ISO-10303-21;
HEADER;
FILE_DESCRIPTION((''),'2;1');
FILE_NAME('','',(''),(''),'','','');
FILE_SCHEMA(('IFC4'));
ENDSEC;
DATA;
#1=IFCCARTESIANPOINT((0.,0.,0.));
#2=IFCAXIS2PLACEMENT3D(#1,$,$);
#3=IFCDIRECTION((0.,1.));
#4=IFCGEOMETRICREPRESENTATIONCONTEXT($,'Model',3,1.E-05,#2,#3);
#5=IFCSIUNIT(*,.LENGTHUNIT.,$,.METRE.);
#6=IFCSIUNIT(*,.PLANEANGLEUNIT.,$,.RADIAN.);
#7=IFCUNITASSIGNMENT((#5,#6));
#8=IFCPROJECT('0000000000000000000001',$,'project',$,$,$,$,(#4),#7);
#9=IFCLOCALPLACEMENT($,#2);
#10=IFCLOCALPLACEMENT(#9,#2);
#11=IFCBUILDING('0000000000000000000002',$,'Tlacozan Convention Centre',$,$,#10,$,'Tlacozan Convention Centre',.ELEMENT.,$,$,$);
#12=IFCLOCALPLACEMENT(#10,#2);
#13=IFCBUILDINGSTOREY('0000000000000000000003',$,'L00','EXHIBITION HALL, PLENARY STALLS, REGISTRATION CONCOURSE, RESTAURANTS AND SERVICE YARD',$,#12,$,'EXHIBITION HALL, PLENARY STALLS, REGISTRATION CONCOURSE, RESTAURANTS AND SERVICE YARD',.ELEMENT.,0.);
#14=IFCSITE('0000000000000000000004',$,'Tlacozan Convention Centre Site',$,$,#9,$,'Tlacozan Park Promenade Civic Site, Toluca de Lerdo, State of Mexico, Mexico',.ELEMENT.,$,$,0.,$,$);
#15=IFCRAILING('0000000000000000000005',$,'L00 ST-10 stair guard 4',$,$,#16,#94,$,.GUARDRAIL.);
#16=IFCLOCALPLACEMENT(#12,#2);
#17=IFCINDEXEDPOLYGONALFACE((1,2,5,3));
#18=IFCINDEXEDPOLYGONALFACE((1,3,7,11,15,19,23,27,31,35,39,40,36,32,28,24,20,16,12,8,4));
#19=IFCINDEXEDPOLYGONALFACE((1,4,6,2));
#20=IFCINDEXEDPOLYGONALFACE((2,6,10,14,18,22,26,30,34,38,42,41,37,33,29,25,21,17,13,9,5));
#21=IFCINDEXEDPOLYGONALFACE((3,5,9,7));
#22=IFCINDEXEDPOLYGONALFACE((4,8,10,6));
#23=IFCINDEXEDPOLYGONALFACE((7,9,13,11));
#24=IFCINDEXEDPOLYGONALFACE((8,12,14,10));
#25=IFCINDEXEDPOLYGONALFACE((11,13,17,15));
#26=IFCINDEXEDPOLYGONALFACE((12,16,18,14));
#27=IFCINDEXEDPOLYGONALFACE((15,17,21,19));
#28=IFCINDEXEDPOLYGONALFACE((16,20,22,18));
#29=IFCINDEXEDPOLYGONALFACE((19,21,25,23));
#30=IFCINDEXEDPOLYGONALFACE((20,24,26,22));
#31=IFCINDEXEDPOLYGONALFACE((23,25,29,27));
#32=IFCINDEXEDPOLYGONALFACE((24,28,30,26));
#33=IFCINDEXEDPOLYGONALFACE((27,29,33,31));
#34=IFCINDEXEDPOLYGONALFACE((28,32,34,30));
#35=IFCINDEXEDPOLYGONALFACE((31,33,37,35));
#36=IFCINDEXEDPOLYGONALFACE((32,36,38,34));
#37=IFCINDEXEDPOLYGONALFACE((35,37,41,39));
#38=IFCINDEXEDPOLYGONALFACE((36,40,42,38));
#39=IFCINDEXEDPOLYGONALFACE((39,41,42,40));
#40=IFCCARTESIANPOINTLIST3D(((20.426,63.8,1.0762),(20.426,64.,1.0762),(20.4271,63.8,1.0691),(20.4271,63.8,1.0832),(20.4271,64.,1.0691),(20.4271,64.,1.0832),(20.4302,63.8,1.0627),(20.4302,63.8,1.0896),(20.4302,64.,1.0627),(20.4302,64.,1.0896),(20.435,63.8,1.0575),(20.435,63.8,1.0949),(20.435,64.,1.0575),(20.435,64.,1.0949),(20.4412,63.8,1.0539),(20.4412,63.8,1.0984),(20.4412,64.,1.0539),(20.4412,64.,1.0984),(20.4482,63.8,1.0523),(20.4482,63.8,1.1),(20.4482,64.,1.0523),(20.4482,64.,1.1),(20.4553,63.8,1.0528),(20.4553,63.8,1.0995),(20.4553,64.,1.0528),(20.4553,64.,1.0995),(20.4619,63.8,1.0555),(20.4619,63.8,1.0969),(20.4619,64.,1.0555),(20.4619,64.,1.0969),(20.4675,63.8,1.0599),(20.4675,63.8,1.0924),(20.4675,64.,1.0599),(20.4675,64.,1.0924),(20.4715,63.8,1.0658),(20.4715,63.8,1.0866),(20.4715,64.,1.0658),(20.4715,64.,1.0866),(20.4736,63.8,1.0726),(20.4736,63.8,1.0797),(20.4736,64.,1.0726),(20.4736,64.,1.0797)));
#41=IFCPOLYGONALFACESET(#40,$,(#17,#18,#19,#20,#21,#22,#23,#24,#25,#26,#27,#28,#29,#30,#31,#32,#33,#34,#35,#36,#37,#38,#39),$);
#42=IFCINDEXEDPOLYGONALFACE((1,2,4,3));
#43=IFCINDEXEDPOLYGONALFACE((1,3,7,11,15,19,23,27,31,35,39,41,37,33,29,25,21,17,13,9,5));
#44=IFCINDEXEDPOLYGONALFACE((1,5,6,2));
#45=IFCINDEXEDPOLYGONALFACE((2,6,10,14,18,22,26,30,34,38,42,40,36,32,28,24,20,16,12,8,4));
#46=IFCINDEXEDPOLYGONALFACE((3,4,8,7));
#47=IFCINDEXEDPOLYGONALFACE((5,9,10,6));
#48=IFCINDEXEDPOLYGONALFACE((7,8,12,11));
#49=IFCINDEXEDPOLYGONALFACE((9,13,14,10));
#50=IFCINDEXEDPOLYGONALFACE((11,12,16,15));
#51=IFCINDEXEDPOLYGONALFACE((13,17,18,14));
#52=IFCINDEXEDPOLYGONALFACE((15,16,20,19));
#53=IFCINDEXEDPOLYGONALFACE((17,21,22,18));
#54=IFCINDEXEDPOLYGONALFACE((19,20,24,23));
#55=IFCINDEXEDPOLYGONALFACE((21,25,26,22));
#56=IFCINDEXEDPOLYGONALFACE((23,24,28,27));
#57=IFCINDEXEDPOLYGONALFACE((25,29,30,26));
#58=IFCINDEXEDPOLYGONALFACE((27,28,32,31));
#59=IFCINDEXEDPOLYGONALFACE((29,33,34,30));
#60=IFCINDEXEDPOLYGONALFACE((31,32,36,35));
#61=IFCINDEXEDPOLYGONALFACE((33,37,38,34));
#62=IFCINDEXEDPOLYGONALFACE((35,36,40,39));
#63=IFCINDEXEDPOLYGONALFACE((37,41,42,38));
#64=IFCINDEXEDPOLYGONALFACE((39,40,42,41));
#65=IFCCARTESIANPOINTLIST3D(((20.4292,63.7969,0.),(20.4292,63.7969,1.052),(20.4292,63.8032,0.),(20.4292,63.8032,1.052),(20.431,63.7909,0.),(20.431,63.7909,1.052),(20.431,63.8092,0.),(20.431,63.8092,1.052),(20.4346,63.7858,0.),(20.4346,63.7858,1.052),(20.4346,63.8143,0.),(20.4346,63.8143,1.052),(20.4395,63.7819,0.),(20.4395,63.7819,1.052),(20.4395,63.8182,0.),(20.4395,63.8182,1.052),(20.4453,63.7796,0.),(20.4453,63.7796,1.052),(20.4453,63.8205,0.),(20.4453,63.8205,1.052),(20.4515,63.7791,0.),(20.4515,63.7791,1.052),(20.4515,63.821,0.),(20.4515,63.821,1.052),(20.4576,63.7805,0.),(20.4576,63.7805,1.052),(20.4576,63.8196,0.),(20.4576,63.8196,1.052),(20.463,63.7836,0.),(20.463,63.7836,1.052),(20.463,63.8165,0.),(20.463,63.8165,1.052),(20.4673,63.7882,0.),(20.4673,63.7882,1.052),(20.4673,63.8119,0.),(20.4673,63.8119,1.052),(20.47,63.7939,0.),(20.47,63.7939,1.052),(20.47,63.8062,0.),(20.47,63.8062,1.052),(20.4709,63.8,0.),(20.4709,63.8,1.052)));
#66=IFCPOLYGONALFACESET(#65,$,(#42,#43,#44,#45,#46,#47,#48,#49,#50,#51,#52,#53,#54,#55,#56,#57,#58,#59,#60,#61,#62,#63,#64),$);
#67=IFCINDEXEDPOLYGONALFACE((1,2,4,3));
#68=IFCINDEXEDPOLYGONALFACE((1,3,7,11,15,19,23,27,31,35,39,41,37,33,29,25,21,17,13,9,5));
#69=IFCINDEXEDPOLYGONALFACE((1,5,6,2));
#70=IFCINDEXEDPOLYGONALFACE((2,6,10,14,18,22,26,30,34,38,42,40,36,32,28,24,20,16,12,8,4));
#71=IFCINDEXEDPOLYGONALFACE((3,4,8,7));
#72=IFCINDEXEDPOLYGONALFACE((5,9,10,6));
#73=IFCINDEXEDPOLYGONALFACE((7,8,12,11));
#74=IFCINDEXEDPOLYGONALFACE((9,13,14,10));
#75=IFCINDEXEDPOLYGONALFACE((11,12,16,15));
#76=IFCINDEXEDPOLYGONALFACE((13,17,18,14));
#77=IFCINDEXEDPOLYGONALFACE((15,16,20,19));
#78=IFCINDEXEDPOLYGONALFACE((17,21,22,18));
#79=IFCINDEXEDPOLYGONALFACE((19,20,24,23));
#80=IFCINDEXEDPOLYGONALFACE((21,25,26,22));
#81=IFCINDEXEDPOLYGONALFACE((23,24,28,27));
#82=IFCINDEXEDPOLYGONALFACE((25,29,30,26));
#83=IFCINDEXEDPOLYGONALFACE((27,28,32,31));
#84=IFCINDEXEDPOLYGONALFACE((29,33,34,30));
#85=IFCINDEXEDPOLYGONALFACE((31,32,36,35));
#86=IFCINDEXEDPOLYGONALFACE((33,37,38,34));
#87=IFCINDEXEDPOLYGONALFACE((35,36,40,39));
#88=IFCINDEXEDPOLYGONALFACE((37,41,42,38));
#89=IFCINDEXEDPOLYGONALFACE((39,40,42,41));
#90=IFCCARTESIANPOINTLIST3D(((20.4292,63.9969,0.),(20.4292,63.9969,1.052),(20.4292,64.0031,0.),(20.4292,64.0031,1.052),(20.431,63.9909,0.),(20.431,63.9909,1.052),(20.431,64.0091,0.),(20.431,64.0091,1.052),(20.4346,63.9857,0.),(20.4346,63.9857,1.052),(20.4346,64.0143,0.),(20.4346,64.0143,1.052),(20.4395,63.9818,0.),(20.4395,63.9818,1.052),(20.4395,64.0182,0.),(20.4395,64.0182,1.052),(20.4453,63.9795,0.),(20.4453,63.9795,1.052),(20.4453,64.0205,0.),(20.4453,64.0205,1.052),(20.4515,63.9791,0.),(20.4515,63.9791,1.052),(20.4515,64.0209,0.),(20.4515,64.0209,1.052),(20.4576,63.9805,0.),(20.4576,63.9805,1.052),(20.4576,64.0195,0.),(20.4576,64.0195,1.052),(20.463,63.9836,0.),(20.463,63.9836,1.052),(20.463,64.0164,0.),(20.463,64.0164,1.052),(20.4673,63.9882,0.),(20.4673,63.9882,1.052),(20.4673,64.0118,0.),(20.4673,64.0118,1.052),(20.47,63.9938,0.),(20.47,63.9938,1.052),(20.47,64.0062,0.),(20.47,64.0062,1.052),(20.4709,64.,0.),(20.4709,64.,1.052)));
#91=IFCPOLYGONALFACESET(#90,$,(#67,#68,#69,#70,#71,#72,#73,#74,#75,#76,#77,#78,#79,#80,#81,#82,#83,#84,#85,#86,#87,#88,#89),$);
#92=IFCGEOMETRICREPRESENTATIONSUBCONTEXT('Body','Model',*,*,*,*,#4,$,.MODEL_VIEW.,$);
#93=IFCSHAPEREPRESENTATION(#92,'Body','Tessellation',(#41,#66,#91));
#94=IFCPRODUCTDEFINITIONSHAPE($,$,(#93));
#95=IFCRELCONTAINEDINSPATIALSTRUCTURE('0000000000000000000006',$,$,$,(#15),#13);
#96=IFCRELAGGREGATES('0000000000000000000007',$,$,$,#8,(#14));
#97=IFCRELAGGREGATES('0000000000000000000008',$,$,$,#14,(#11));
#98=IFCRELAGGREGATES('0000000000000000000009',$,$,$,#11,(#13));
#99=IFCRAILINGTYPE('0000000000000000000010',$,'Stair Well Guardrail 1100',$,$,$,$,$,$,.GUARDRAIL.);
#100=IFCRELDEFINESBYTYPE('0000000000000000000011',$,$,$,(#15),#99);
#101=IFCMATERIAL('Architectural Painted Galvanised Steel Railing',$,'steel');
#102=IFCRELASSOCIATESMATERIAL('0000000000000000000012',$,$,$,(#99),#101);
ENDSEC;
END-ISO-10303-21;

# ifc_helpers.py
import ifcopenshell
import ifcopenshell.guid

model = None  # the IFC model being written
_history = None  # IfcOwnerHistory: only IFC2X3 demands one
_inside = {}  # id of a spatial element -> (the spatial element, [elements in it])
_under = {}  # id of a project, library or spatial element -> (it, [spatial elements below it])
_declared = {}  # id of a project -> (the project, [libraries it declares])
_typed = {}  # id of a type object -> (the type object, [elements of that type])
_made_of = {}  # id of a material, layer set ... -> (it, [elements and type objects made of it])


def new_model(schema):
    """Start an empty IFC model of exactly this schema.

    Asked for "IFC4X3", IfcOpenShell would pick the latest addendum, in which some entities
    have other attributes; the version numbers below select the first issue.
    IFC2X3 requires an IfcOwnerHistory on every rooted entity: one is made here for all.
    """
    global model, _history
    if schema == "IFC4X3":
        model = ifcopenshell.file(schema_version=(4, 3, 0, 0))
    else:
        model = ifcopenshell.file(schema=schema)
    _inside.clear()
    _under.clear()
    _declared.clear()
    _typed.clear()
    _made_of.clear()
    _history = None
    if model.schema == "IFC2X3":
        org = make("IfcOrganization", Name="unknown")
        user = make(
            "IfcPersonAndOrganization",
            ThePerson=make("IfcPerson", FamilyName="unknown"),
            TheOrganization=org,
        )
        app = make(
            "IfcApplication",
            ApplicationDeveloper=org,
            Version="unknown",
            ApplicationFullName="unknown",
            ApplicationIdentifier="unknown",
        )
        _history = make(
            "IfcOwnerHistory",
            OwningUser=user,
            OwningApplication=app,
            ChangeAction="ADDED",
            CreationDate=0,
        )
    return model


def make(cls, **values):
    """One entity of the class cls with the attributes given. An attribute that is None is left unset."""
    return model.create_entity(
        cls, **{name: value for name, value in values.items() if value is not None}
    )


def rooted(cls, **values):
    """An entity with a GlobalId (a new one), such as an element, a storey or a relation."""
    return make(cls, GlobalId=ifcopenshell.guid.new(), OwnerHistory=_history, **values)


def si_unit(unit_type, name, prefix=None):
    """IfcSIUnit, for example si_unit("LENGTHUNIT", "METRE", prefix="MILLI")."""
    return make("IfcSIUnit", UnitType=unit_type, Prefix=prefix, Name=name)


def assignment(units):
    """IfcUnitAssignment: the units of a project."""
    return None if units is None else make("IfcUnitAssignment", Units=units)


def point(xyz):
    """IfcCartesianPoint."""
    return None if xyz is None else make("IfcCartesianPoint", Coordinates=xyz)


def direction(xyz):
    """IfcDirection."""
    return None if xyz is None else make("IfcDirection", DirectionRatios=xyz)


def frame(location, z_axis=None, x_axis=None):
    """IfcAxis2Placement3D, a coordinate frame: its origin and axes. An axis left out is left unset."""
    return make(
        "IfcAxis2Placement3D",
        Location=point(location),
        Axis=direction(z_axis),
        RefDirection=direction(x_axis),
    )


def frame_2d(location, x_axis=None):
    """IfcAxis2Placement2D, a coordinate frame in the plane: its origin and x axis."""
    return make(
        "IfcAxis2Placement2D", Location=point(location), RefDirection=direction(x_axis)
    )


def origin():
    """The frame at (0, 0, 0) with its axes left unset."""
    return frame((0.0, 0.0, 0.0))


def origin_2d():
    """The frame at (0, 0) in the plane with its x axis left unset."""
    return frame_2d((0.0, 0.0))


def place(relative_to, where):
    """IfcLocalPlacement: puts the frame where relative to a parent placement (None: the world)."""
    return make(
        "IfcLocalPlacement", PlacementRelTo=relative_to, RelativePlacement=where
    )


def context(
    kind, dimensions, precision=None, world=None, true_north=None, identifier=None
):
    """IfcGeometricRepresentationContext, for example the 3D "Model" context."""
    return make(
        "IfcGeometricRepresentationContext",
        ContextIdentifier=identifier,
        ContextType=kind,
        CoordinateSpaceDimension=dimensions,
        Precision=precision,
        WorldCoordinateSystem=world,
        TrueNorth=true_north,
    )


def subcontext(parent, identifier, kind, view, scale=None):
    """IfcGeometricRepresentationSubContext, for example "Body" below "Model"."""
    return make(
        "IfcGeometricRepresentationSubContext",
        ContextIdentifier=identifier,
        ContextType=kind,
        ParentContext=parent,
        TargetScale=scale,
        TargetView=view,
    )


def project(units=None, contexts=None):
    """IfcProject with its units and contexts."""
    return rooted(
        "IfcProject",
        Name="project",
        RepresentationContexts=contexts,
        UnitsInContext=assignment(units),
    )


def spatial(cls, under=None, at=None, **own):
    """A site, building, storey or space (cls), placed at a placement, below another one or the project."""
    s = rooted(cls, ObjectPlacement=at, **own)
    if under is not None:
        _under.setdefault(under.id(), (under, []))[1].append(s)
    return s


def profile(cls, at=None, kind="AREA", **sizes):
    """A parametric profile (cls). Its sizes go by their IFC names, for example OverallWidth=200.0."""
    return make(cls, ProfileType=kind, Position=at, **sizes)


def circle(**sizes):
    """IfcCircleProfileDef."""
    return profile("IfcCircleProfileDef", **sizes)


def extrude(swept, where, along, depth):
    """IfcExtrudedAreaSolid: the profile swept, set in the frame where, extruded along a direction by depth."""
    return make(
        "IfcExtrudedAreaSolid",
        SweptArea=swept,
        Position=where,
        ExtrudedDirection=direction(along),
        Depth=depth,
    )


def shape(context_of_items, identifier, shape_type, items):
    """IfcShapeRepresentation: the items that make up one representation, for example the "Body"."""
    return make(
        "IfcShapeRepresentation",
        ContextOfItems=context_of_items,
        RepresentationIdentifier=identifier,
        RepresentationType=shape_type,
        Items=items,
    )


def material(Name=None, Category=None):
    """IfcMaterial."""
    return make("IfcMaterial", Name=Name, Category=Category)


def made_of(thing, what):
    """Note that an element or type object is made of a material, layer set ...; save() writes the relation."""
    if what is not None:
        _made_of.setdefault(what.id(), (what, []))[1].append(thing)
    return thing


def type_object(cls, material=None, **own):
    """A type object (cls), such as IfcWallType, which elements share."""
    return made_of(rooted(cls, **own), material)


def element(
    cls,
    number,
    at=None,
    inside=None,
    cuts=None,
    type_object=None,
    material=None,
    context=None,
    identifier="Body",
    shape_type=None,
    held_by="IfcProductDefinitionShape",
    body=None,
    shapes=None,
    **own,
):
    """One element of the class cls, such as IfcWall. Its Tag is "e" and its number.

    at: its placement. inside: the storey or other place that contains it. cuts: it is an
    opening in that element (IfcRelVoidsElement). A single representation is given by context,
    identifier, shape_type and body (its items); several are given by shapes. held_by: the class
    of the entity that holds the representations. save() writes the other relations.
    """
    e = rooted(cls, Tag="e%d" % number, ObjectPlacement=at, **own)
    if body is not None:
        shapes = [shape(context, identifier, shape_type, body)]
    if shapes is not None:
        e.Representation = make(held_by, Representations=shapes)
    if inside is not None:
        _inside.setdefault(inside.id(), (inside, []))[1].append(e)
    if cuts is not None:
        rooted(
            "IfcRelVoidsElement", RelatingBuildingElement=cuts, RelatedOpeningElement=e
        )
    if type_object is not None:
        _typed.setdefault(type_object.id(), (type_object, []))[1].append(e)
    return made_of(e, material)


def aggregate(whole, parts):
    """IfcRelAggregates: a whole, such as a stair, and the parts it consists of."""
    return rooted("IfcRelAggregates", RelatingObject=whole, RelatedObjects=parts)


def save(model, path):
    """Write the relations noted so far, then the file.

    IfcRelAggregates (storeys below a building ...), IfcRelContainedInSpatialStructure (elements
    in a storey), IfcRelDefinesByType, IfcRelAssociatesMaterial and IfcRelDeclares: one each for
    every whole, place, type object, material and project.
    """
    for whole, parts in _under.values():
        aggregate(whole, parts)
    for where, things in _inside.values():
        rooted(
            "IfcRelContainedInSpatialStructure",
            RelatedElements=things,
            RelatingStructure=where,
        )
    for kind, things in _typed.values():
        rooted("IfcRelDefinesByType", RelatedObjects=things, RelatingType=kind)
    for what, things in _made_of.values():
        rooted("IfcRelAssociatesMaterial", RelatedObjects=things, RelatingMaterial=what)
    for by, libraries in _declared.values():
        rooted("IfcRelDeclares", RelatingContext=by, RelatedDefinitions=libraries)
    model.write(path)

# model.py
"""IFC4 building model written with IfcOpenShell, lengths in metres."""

from ifc_helpers import new_model, si_unit, direction, frame, origin, origin_2d, place, context, subcontext, project, spatial, circle, extrude, material, type_object, element, save


model = new_model("IFC4")

# Units and contexts
model_context = context("Model", 3, precision=1e-05, world=origin(), true_north=direction((0.0, 1.0)))
body_context = subcontext(model_context, "Body", "Model", "MODEL_VIEW")
ifc_project = project(units=[si_unit("LENGTHUNIT", "METRE"), si_unit("PLANEANGLEUNIT", "RADIAN")], contexts=[model_context])

# Site, building, storey
site_placement = place(None, origin())
site = spatial("IfcSite", under=ifc_project, at=site_placement, Name="Tlacozan Convention Centre Site", LongName="Tlacozan Park Promenade Civic Site, Toluca de Lerdo, State of Mexico, Mexico", CompositionType="ELEMENT", RefElevation=0.0)
building_placement = place(site_placement, origin())
building = spatial("IfcBuilding", under=site, at=building_placement, Name="Tlacozan Convention Centre", LongName="Tlacozan Convention Centre", CompositionType="ELEMENT")
storey_placement = place(building_placement, origin())
storey = spatial("IfcBuildingStorey", under=building, at=storey_placement, Name="L00", Description="EXHIBITION HALL, PLENARY STALLS, REGISTRATION CONCOURSE, RESTAURANTS AND SERVICE YARD", LongName="EXHIBITION HALL, PLENARY STALLS, REGISTRATION CONCOURSE, RESTAURANTS AND SERVICE YARD", CompositionType="ELEMENT", Elevation=0.0)

# Railing
ifc_material_1 = material(Name="Architectural Painted Galvanised Steel Railing", Category="steel")
railing_type_1 = type_object("IfcRailingType", Name="Stair Well Guardrail 1100", PredefinedType="GUARDRAIL", material=ifc_material_1)
railing_1_placement = place(storey_placement, frame((20.45, 63.8, 0.0)))
element("IfcRailing", 1, at=railing_1_placement, inside=storey, type_object=railing_type_1, Name="L00 ST-10 stair guard 4", PredefinedType="GUARDRAIL", context=body_context, shape_type="SweptSolid", body=[
    extrude(circle(Radius=0.0239, at=origin_2d()), frame((0.0, 0.0, 1.0762), z_axis=(0.0, 1.0, 0.0), x_axis=(-1.0, 0.0, 0.0)), (0.0, 0.0, 1.0), 0.2),
    extrude(circle(Radius=0.021, at=origin_2d()), origin(), (0.0, 0.0, 1.0), 1.052),
    extrude(circle(Radius=0.021, at=origin_2d()), frame((0.0, 0.2, 0.0)), (0.0, 0.0, 1.0), 1.052),
])

save(model, "model.ifc")
